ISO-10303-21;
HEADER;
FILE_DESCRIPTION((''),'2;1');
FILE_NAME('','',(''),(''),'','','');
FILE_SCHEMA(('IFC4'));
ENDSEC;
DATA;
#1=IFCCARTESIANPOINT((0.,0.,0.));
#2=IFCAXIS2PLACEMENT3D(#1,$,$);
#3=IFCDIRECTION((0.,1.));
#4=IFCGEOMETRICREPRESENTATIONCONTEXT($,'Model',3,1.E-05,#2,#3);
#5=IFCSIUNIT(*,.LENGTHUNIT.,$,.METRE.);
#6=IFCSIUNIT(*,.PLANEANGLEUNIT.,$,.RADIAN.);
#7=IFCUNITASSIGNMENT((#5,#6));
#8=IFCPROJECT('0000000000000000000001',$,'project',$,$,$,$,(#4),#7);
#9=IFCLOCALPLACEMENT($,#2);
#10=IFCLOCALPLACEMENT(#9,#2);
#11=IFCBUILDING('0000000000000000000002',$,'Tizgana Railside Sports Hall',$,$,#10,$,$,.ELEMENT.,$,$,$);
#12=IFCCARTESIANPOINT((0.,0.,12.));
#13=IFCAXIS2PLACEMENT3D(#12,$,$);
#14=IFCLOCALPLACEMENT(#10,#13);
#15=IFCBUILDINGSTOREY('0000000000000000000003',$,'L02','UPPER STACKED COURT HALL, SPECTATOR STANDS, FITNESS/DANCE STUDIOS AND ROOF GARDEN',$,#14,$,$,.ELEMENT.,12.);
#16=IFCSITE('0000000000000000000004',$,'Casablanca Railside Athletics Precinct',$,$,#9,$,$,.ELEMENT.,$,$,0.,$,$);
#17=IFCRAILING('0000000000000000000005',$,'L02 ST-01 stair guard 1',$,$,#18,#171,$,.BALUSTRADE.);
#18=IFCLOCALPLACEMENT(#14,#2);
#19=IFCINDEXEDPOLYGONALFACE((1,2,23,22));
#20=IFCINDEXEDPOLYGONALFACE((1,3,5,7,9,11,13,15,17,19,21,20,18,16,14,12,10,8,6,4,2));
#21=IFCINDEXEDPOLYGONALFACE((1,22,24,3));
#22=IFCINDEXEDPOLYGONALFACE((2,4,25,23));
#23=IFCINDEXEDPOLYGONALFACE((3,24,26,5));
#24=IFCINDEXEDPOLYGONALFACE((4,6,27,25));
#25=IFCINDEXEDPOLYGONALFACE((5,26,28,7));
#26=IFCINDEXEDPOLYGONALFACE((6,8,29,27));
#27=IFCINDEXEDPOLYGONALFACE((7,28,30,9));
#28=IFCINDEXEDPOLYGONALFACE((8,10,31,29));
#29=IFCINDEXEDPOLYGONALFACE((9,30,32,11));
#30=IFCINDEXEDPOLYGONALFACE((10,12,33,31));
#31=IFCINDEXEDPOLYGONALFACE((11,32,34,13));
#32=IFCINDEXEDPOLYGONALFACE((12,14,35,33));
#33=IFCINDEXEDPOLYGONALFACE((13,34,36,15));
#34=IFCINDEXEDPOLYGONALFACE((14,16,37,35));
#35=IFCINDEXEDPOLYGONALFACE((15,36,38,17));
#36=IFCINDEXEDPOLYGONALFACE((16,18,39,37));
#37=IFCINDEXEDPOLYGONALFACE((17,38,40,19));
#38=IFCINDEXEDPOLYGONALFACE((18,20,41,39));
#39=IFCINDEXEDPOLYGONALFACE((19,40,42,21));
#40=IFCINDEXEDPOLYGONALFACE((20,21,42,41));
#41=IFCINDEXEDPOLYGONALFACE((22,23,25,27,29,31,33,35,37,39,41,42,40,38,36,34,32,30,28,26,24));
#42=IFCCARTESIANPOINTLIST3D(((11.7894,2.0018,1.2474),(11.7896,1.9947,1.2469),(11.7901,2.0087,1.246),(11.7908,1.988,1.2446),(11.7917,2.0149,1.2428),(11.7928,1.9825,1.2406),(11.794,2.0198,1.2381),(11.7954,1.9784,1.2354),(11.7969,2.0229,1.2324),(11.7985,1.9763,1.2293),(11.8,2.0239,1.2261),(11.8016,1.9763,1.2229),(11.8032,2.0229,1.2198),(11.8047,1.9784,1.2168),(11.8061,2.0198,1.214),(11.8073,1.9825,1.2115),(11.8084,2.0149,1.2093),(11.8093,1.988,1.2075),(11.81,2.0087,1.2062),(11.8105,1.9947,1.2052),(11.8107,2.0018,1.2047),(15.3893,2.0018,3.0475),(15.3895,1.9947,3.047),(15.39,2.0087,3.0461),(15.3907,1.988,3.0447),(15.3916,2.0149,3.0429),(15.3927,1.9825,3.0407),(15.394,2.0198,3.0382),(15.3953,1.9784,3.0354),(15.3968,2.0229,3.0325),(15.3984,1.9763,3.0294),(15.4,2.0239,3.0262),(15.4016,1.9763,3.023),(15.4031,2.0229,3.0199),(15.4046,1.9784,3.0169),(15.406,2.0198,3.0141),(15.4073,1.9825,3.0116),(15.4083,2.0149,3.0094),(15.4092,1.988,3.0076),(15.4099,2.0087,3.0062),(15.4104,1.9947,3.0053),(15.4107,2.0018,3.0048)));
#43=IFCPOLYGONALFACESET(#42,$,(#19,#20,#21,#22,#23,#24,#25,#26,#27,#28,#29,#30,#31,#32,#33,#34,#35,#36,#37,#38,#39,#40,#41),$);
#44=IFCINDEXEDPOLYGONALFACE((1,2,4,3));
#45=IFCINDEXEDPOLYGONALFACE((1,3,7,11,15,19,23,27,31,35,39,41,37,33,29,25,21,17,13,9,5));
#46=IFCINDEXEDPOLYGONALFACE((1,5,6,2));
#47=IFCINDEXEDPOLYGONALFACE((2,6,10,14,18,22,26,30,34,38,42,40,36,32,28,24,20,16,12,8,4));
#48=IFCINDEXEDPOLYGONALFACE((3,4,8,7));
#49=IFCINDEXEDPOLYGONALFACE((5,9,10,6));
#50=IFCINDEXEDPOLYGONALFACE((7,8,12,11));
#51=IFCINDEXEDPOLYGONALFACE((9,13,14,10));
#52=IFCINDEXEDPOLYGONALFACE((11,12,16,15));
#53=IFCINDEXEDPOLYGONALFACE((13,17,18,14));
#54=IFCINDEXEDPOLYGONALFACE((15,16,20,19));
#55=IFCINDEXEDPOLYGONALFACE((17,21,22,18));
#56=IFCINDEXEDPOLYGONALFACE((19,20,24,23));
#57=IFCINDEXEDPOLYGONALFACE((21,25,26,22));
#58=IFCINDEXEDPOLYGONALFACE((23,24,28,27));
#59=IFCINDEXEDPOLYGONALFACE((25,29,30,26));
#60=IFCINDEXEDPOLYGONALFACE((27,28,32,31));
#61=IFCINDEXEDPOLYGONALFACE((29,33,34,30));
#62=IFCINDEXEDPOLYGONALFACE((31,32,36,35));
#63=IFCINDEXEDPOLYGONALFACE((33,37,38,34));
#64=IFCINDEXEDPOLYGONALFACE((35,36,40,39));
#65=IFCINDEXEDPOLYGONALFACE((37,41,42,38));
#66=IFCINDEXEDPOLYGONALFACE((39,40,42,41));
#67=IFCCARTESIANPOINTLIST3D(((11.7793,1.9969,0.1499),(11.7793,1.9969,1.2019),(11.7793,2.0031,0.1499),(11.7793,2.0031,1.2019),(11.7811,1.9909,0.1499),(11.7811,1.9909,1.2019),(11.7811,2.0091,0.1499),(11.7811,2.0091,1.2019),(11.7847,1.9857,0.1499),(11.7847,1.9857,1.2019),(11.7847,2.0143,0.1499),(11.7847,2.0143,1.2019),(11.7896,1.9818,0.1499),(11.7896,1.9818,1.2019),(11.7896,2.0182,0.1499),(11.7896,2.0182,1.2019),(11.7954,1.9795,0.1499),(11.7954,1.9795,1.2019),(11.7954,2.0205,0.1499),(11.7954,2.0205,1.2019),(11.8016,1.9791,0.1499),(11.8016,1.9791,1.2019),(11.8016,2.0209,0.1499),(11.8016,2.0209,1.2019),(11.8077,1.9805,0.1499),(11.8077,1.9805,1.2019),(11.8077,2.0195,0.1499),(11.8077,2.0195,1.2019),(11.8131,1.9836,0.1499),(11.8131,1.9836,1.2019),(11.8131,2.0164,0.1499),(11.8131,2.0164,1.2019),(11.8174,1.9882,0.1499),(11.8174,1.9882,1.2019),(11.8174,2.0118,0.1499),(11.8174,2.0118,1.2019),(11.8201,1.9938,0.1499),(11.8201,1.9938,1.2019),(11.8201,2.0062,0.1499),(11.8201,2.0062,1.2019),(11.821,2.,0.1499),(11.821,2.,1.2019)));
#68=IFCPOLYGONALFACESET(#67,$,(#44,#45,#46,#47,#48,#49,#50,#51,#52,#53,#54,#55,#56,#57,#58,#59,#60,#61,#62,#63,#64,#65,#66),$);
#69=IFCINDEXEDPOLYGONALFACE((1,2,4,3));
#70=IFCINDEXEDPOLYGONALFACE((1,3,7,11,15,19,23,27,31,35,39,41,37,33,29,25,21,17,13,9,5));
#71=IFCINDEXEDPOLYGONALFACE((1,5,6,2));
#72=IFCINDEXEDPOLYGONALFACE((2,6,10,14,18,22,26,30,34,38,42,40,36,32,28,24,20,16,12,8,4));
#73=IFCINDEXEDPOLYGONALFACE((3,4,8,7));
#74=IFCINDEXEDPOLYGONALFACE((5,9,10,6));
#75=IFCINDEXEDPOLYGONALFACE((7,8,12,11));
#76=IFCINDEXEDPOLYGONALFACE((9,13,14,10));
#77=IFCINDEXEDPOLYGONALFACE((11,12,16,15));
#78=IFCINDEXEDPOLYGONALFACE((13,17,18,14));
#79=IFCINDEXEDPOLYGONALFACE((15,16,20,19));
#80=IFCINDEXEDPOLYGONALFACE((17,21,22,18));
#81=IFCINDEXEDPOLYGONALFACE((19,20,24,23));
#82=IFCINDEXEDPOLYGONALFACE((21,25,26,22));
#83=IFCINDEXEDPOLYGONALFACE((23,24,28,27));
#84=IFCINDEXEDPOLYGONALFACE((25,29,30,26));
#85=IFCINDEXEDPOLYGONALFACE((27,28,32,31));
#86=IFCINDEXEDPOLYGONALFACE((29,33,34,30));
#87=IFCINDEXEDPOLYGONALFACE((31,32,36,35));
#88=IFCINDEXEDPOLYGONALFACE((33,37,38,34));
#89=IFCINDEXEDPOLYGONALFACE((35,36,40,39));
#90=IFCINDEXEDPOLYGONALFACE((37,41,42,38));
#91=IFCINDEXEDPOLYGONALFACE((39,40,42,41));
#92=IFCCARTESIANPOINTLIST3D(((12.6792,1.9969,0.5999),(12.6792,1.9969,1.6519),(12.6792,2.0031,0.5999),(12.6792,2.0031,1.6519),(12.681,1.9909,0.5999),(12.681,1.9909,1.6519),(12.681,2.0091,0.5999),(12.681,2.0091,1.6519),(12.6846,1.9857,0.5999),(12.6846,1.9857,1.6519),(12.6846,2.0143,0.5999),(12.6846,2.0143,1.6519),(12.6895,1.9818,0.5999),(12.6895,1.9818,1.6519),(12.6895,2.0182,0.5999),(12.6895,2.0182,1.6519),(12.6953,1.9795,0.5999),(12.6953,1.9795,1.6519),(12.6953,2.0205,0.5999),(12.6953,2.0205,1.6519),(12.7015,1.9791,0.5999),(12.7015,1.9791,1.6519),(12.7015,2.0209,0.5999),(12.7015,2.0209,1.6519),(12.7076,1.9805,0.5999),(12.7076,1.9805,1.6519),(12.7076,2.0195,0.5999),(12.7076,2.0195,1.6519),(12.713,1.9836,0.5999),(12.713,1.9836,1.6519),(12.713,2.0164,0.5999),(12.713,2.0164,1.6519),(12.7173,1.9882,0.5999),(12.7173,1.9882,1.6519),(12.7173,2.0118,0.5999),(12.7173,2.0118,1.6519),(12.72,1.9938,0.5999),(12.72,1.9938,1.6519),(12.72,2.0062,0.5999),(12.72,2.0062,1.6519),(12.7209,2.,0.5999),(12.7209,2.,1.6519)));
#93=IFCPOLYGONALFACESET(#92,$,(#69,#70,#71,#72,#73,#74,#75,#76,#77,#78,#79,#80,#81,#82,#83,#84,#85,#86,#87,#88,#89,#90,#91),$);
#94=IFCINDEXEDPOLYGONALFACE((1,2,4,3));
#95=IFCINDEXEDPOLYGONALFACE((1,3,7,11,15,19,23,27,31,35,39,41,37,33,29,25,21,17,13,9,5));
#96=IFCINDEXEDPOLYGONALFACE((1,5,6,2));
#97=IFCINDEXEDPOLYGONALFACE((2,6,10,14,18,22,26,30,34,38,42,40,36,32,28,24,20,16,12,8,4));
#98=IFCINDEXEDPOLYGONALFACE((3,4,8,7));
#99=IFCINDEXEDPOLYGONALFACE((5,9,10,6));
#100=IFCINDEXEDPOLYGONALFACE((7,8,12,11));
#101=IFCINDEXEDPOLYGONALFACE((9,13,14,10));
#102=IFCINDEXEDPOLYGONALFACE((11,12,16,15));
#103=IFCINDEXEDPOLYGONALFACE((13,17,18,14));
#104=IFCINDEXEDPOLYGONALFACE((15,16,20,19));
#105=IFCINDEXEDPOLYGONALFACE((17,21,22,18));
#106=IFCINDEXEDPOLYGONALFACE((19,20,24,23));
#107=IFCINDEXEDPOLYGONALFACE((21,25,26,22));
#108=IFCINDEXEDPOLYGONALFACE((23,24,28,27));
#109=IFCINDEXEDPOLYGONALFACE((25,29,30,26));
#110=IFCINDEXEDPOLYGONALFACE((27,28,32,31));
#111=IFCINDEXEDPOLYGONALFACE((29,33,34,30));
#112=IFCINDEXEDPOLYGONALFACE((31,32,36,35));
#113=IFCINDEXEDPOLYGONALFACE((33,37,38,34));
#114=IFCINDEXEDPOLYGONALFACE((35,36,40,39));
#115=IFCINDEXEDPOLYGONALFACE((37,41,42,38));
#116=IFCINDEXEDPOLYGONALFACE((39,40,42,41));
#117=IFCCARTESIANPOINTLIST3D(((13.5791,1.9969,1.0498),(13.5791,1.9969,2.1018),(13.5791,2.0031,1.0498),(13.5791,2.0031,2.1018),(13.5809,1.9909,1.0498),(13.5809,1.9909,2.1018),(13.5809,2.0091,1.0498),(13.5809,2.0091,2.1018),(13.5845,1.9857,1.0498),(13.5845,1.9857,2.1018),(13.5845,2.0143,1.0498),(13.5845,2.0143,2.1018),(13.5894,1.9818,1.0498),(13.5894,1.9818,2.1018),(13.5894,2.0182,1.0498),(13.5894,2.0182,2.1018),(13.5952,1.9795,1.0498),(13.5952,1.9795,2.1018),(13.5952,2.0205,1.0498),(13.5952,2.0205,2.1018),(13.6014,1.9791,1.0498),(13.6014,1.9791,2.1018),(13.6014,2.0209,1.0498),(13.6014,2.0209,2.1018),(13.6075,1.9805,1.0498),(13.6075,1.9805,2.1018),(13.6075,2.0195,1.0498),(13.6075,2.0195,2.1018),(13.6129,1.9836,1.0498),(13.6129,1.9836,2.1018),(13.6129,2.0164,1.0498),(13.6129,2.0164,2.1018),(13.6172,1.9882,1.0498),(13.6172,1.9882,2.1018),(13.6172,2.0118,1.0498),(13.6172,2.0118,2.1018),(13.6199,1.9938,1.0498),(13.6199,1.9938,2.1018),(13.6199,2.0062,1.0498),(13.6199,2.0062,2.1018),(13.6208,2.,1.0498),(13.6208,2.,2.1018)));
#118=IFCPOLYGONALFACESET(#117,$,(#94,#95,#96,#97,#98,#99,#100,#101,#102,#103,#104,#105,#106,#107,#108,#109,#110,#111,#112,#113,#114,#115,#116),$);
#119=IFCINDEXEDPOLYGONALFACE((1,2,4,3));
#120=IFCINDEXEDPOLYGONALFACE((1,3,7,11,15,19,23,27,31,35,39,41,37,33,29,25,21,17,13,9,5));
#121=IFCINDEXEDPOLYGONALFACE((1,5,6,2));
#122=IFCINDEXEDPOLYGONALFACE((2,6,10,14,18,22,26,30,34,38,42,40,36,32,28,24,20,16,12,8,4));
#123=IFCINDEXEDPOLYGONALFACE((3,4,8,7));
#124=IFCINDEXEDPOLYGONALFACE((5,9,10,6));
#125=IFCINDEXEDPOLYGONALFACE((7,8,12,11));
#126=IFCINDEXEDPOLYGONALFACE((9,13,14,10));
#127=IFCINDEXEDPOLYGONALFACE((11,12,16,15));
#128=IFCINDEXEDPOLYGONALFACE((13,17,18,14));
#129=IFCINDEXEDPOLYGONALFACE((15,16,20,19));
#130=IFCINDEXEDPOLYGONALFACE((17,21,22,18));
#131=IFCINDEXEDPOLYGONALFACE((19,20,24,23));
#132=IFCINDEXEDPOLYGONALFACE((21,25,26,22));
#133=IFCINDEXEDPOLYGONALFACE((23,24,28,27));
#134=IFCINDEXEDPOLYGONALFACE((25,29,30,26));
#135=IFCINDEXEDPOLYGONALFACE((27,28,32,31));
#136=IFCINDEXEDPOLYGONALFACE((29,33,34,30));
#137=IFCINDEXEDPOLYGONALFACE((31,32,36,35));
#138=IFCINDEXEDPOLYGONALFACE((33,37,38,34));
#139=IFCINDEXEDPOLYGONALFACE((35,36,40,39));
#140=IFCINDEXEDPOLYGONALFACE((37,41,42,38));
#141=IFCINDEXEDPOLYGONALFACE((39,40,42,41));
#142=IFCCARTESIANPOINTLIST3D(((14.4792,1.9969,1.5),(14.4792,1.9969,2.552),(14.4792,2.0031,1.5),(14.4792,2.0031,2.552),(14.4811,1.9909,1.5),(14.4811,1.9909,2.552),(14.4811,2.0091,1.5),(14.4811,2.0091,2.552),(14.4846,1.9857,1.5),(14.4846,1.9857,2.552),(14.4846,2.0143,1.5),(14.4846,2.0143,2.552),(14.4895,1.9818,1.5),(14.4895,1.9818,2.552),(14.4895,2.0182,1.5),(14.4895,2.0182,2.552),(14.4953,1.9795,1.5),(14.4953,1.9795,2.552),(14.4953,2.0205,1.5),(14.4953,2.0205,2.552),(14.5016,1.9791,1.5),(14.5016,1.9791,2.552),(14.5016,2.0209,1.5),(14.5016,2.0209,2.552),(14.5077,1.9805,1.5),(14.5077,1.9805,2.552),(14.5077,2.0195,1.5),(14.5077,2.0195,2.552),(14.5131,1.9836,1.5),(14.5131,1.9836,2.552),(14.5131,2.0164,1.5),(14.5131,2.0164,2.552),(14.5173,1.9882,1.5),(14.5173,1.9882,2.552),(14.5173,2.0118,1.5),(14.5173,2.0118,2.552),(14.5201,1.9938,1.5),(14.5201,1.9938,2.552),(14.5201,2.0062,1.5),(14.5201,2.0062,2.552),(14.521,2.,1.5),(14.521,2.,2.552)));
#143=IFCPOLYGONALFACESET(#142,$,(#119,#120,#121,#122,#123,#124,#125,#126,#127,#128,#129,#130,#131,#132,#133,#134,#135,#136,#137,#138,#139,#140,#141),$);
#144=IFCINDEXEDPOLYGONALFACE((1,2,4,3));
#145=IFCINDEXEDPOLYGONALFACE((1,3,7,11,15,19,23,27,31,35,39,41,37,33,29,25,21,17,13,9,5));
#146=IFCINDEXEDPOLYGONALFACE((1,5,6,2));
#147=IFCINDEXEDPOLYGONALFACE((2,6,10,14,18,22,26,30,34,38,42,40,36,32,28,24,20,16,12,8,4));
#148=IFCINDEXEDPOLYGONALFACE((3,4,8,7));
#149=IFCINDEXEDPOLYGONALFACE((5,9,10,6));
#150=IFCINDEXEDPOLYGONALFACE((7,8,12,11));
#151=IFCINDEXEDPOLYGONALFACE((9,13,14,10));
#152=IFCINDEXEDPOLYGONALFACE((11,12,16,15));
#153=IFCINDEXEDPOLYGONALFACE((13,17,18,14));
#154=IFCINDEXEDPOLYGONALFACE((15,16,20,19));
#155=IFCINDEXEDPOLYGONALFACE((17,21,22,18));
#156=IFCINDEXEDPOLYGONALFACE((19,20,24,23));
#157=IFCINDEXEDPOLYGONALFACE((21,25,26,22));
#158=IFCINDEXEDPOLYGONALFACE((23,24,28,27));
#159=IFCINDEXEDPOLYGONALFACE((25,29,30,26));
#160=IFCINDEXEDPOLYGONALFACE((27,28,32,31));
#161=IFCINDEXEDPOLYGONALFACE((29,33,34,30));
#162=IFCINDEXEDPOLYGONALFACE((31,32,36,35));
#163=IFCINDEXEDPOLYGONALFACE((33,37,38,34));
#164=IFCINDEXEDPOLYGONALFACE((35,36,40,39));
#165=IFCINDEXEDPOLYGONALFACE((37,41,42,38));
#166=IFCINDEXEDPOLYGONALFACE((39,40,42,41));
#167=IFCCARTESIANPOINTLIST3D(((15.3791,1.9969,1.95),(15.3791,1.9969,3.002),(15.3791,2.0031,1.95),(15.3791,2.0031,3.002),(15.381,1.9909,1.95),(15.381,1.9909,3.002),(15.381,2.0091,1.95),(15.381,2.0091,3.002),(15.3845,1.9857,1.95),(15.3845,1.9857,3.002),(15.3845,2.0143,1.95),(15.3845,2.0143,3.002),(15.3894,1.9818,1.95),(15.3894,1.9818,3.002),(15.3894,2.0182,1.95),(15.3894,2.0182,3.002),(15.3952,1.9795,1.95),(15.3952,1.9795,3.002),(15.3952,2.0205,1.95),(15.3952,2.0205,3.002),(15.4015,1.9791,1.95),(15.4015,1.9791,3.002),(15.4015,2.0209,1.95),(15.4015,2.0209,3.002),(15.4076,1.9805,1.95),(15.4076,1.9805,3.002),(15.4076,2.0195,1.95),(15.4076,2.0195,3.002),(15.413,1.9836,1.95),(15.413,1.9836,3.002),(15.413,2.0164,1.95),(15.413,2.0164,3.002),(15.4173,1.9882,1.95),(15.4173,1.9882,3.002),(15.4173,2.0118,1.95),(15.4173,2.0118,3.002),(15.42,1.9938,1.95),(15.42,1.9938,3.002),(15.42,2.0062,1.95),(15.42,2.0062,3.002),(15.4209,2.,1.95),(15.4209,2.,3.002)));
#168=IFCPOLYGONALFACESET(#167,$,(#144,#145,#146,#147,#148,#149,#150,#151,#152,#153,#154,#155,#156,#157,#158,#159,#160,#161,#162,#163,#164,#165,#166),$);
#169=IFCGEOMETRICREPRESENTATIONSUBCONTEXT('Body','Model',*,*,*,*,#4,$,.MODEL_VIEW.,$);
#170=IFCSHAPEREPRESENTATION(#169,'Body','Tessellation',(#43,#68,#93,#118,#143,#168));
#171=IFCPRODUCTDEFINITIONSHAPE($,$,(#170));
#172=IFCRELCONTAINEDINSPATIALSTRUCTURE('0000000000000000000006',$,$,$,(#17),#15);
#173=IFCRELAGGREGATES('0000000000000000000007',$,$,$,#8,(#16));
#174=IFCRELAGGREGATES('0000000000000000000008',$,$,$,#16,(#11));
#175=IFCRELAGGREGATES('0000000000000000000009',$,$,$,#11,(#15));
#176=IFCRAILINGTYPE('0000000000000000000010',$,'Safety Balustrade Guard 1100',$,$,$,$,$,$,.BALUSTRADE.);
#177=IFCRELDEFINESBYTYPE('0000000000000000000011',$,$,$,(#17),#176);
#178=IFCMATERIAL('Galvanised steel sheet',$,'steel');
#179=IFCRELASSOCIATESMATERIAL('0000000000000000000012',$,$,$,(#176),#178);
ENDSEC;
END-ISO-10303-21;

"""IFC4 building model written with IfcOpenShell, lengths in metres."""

from ifc_helpers import new_model, si_unit, direction, frame, origin, origin_2d, place, context, subcontext, project, spatial, circle, extrude, material, type_object, element, save


model = new_model("IFC4")

# Units and contexts
model_context = context("Model", 3, precision=1e-05, world=origin(), true_north=direction((0.0, 1.0)))
body_context = subcontext(model_context, "Body", "Model", "MODEL_VIEW")
ifc_project = project(units=[si_unit("LENGTHUNIT", "METRE"), si_unit("PLANEANGLEUNIT", "RADIAN")], contexts=[model_context])

# Site, building, storey
site_placement = place(None, origin())
site = spatial("IfcSite", under=ifc_project, at=site_placement, Name="Casablanca Railside Athletics Precinct", CompositionType="ELEMENT", RefElevation=0.0)
building_placement = place(site_placement, origin())
building = spatial("IfcBuilding", under=site, at=building_placement, Name="Tizgana Railside Sports Hall", CompositionType="ELEMENT")
storey_placement = place(building_placement, frame((0.0, 0.0, 12.0)))
storey = spatial("IfcBuildingStorey", under=building, at=storey_placement, Name="L02", Description="UPPER STACKED COURT HALL, SPECTATOR STANDS, FITNESS/DANCE STUDIOS AND ROOF GARDEN", CompositionType="ELEMENT", Elevation=12.0)

# Railing
ifc_material_1 = material(Name="Galvanised steel sheet", Category="steel")
railing_type_1 = type_object("IfcRailingType", Name="Safety Balustrade Guard 1100", PredefinedType="BALUSTRADE", material=ifc_material_1)
railing_1_placement = place(storey_placement, frame((11.8, 2.0, 0.1499)))
element("IfcRailing", 1, at=railing_1_placement, inside=storey, type_object=railing_type_1, Name="L02 ST-01 stair guard 1", PredefinedType="BALUSTRADE", context=body_context, shape_type="SweptSolid", body=[
    extrude(circle(Radius=0.0239, at=origin_2d()), frame((0.0, 0.0, 1.0762), z_axis=(0.894415, 0.0, 0.447238), x_axis=(0.0, 1.0, 0.0)), (0.0, 0.0, 1.0), 4.0249),
    extrude(circle(Radius=0.021, at=origin_2d()), origin(), (0.0, 0.0, 1.0), 1.052),
    extrude(circle(Radius=0.021, at=origin_2d()), frame((0.8999, 0.0, 0.45)), (0.0, 0.0, 1.0), 1.052),
    extrude(circle(Radius=0.021, at=origin_2d()), frame((1.7998, 0.0, 0.8999)), (0.0, 0.0, 1.0), 1.052),
    extrude(circle(Radius=0.021, at=origin_2d()), frame((2.7, 0.0, 1.3501)), (0.0, 0.0, 1.0), 1.052),
    extrude(circle(Radius=0.021, at=origin_2d()), frame((3.5999, 0.0, 1.8)), (0.0, 0.0, 1.0), 1.052),
])

save(model, "model.ifc")
